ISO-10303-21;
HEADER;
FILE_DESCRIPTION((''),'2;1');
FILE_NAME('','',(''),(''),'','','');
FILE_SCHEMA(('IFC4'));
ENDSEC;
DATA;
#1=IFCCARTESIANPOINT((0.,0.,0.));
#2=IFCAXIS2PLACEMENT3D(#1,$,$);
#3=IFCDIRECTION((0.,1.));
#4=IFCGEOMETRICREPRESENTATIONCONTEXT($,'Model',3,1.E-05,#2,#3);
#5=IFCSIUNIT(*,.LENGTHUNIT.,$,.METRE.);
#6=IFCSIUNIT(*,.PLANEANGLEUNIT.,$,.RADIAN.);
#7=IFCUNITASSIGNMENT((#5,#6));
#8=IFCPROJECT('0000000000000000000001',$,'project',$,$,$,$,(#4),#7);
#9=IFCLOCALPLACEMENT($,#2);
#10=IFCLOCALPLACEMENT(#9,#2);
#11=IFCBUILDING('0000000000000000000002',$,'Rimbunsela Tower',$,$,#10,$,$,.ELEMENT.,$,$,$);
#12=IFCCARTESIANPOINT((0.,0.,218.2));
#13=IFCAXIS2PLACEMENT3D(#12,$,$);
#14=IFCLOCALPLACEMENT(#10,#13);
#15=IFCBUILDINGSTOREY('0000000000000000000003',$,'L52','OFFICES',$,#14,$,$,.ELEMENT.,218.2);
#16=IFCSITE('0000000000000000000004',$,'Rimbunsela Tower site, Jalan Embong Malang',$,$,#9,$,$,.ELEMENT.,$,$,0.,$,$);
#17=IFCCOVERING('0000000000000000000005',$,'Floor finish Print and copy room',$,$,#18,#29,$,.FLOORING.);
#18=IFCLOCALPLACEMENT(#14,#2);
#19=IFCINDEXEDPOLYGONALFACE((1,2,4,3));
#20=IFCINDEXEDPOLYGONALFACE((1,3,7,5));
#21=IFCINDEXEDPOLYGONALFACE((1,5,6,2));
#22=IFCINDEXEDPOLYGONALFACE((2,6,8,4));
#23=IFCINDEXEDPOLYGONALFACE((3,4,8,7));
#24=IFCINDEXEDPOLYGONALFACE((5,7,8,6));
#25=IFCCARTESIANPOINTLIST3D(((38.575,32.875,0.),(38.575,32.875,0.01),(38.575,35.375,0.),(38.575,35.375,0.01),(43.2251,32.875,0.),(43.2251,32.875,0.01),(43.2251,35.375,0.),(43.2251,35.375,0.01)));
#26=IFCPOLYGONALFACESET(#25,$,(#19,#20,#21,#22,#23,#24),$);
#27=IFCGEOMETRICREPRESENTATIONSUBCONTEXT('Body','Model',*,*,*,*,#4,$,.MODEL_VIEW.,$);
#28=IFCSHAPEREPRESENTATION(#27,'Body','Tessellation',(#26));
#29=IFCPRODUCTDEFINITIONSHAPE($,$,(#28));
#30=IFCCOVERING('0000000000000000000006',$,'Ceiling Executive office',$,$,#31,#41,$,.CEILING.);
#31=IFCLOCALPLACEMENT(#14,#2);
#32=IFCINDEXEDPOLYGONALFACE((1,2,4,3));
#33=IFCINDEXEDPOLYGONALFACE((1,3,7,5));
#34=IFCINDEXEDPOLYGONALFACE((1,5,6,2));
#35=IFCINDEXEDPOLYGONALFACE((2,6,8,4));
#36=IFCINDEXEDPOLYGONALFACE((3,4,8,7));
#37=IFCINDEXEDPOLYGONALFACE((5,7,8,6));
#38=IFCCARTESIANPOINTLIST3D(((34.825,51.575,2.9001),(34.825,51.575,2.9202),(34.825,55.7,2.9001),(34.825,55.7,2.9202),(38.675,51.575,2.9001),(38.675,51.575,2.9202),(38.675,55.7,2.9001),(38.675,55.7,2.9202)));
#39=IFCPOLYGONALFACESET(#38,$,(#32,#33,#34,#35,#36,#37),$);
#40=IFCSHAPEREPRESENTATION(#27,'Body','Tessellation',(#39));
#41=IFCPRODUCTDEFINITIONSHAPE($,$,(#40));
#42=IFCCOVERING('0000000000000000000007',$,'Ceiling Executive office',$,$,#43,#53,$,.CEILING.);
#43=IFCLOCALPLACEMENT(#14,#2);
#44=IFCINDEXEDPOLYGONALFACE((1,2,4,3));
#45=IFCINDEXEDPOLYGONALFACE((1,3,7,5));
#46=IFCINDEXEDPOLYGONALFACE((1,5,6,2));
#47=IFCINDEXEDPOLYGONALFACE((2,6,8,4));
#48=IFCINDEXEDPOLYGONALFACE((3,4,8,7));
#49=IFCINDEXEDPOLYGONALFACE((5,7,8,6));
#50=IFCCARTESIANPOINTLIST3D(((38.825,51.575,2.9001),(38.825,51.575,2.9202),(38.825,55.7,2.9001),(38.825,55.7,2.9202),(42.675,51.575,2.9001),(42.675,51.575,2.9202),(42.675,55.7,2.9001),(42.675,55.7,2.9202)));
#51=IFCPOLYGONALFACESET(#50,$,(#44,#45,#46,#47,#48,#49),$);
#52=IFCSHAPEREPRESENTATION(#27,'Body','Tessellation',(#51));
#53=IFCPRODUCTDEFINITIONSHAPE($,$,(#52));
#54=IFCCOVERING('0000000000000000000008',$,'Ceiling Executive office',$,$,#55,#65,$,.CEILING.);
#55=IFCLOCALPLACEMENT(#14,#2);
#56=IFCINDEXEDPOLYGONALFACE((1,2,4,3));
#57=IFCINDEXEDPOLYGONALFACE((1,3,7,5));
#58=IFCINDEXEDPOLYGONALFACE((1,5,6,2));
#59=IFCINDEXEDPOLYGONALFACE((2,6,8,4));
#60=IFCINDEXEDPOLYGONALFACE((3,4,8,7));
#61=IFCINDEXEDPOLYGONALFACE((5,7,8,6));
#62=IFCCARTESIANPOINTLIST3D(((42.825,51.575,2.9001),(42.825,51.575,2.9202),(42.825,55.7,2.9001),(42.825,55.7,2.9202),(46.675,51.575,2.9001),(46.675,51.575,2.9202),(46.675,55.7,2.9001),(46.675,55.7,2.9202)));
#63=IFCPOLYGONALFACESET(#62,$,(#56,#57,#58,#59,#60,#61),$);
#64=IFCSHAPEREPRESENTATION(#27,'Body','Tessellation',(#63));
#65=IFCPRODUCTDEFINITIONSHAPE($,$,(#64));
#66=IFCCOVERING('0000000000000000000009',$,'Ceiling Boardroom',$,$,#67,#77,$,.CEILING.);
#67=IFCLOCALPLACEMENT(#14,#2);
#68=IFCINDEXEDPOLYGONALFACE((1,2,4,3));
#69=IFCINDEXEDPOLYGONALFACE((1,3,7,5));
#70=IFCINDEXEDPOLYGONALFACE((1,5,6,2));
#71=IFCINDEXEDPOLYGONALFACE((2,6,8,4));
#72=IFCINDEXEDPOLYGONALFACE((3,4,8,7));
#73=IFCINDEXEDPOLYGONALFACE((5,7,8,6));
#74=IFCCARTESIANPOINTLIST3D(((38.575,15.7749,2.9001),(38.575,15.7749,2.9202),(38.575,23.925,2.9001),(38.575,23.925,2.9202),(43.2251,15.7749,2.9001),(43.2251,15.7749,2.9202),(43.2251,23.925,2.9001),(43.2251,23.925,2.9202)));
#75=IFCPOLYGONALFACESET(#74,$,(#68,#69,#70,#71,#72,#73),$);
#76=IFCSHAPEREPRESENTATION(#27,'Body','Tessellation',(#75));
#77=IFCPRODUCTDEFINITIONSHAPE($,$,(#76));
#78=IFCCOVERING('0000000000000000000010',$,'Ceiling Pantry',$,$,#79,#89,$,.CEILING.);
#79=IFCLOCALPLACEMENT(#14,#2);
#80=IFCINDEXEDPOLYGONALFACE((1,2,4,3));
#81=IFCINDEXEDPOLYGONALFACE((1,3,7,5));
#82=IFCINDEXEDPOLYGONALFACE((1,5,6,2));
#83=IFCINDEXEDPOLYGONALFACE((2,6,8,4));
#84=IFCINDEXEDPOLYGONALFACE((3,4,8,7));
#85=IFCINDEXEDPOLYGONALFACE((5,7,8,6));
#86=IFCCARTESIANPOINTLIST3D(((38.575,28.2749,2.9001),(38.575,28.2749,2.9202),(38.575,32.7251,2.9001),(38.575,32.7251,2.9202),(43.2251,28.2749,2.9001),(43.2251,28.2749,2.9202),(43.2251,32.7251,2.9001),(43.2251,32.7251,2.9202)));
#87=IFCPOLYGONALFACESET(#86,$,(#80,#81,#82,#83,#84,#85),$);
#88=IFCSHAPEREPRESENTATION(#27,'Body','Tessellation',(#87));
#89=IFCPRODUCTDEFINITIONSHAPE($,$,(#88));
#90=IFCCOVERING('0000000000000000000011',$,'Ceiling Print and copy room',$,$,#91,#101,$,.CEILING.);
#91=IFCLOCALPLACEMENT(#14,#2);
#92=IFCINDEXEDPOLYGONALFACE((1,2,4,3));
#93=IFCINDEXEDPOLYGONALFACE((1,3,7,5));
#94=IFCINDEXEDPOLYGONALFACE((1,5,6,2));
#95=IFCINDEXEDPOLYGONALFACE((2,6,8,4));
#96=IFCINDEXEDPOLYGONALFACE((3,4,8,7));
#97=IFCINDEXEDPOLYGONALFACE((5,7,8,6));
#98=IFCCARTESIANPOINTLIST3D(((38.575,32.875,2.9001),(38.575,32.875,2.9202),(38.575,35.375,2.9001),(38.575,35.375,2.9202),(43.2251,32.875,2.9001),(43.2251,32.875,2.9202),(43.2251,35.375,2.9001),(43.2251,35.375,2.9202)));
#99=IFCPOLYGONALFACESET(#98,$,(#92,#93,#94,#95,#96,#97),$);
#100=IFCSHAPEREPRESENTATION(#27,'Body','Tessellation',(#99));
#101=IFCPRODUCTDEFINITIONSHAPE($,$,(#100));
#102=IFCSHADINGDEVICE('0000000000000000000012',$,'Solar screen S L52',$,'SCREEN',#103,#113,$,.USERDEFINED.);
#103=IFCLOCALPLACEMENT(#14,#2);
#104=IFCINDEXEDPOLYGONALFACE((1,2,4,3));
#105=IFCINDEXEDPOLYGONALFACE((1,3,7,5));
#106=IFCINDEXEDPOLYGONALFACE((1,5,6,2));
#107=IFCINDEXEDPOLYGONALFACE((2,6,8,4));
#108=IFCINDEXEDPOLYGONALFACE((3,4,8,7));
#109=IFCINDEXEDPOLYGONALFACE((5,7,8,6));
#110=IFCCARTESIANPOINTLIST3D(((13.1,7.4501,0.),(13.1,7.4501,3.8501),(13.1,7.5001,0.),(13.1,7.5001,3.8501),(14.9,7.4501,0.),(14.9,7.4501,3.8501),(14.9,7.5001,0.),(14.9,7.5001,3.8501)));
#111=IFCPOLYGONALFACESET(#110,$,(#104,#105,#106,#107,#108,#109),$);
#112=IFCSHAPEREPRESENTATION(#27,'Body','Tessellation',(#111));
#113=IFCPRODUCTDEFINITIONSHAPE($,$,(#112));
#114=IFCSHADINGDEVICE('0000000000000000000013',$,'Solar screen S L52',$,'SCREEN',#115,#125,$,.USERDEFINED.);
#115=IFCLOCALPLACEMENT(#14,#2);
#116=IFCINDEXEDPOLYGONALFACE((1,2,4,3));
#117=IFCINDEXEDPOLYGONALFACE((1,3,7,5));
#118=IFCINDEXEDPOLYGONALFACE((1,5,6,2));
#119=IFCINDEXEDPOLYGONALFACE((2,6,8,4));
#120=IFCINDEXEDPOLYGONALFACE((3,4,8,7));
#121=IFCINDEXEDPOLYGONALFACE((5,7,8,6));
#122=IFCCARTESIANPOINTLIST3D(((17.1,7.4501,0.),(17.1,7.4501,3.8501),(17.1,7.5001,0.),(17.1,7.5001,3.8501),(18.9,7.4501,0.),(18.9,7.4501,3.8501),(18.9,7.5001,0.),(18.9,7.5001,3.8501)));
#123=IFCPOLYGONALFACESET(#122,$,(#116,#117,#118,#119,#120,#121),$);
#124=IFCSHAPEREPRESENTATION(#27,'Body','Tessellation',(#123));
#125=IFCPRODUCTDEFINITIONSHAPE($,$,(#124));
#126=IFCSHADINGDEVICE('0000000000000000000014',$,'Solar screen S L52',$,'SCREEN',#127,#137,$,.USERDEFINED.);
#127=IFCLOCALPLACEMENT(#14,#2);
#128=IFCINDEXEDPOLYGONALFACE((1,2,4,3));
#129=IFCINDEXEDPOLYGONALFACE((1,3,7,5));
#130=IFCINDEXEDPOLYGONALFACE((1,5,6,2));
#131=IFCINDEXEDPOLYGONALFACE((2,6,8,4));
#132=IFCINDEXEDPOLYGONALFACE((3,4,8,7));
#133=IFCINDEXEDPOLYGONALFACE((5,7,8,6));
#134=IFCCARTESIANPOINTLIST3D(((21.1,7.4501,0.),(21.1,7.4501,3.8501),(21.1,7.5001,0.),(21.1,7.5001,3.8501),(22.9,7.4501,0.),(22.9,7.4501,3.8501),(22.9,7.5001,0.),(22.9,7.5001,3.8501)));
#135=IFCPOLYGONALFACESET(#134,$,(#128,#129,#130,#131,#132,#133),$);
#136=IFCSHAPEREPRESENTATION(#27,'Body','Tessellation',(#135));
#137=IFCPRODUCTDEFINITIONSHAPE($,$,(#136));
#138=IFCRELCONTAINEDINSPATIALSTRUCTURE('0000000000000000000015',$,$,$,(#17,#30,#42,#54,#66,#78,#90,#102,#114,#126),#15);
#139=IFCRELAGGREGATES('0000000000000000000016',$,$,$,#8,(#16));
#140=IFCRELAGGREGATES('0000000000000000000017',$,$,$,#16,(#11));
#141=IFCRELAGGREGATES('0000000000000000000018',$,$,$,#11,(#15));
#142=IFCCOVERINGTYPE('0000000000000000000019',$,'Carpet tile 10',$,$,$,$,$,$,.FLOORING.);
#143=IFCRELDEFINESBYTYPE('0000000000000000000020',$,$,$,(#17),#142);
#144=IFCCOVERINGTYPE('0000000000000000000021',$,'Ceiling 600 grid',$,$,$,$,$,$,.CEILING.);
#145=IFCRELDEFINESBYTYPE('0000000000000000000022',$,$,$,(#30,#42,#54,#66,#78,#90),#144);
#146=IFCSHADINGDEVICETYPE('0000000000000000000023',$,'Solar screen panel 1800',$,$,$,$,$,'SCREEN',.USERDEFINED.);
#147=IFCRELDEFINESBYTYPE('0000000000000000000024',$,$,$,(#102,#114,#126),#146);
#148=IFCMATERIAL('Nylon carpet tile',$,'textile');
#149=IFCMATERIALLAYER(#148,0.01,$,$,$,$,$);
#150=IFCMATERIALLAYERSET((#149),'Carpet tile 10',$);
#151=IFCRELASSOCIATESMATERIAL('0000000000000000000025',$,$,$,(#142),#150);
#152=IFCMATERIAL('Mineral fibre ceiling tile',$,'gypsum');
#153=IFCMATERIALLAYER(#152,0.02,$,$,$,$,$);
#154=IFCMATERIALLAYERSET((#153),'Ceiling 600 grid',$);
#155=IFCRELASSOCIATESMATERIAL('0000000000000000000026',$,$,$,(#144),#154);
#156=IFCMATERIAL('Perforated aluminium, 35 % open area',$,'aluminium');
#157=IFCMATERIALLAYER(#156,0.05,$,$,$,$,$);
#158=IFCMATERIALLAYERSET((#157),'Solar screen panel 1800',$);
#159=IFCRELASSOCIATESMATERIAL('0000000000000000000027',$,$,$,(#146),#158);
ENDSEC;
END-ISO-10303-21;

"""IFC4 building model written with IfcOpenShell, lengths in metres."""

from ifc_helpers import new_model, si_unit, direction, frame, origin, origin_2d, place, context, subcontext, project, spatial, polyline, rectangle, outline, extrude, material, layer, layer_set, type_object, element, save


model = new_model("IFC4")

# Units and contexts
model_context = context("Model", 3, precision=1e-05, world=origin(), true_north=direction((0.0, 1.0)))
body_context = subcontext(model_context, "Body", "Model", "MODEL_VIEW")
ifc_project = project(units=[si_unit("LENGTHUNIT", "METRE"), si_unit("PLANEANGLEUNIT", "RADIAN")], contexts=[model_context])

# Site, building, storey
site_placement = place(None, origin())
site = spatial("IfcSite", under=ifc_project, at=site_placement, Name="Rimbunsela Tower site, Jalan Embong Malang", CompositionType="ELEMENT", RefElevation=0.0)
building_placement = place(site_placement, origin())
building = spatial("IfcBuilding", under=site, at=building_placement, Name="Rimbunsela Tower", CompositionType="ELEMENT")
storey_placement = place(building_placement, frame((0.0, 0.0, 218.2)))
storey = spatial("IfcBuildingStorey", under=building, at=storey_placement, Name="L52", Description="OFFICES", CompositionType="ELEMENT", Elevation=218.2)

# Coverings
ifc_material_1 = material(Name="Nylon carpet tile", Category="textile")
ifc_layer_1 = layer(ifc_material_1, 0.01)
ifc_layer_set_1 = layer_set([ifc_layer_1], Name="Carpet tile 10")
covering_type_1 = type_object("IfcCoveringType", Name="Carpet tile 10", PredefinedType="FLOORING", material=ifc_layer_set_1)
covering_1_placement = place(storey_placement, origin())
element("IfcCovering", 1, at=covering_1_placement, inside=storey, type_object=covering_type_1, Name="Floor finish Print and copy room", PredefinedType="FLOORING", context=body_context, shape_type="SweptSolid", body=[
    extrude(outline(polyline([(43.2251, 32.875), (43.2251, 35.375), (38.575, 35.375), (38.575, 32.875), (43.2251, 32.875)])), origin(), (0.0, 0.0, 1.0), 0.01),
])
ifc_material_2 = material(Name="Mineral fibre ceiling tile", Category="gypsum")
ifc_layer_2 = layer(ifc_material_2, 0.02)
ifc_layer_set_2 = layer_set([ifc_layer_2], Name="Ceiling 600 grid")
covering_type_2 = type_object("IfcCoveringType", Name="Ceiling 600 grid", PredefinedType="CEILING", material=ifc_layer_set_2)
covering_2_placement = place(storey_placement, frame((0.0, 0.0, 2.9001)))
element("IfcCovering", 2, at=covering_2_placement, inside=storey, type_object=covering_type_2, Name="Ceiling Executive office", PredefinedType="CEILING", context=body_context, shape_type="SweptSolid", body=[
    extrude(outline(polyline([(38.675, 51.575), (38.675, 55.7), (34.825, 55.7), (34.825, 51.575), (38.675, 51.575)])), origin(), (0.0, 0.0, 1.0), 0.02),
])
covering_3_placement = place(storey_placement, frame((0.0, 0.0, 2.9001)))
element("IfcCovering", 3, at=covering_3_placement, inside=storey, type_object=covering_type_2, Name="Ceiling Executive office", PredefinedType="CEILING", context=body_context, shape_type="SweptSolid", body=[
    extrude(outline(polyline([(42.675, 51.575), (42.675, 55.7), (38.825, 55.7), (38.825, 51.575), (42.675, 51.575)])), origin(), (0.0, 0.0, 1.0), 0.02),
])
covering_4_placement = place(storey_placement, frame((0.0, 0.0, 2.9001)))
element("IfcCovering", 4, at=covering_4_placement, inside=storey, type_object=covering_type_2, Name="Ceiling Executive office", PredefinedType="CEILING", context=body_context, shape_type="SweptSolid", body=[
    extrude(outline(polyline([(46.675, 51.575), (46.675, 55.7), (42.825, 55.7), (42.825, 51.575), (46.675, 51.575)])), origin(), (0.0, 0.0, 1.0), 0.02),
])
covering_5_placement = place(storey_placement, frame((0.0, 0.0, 2.9001)))
element("IfcCovering", 5, at=covering_5_placement, inside=storey, type_object=covering_type_2, Name="Ceiling Boardroom", PredefinedType="CEILING", context=body_context, shape_type="SweptSolid", body=[
    extrude(outline(polyline([(43.2251, 15.7749), (43.2251, 23.925), (38.575, 23.925), (38.575, 15.7749), (43.2251, 15.7749)])), origin(), (0.0, 0.0, 1.0), 0.02),
])
covering_6_placement = place(storey_placement, frame((0.0, 0.0, 2.9001)))
element("IfcCovering", 6, at=covering_6_placement, inside=storey, type_object=covering_type_2, Name="Ceiling Pantry", PredefinedType="CEILING", context=body_context, shape_type="SweptSolid", body=[
    extrude(outline(polyline([(43.2251, 28.2749), (43.2251, 32.7251), (38.575, 32.7251), (38.575, 28.2749), (43.2251, 28.2749)])), origin(), (0.0, 0.0, 1.0), 0.02),
])
covering_7_placement = place(storey_placement, frame((0.0, 0.0, 2.9001)))
element("IfcCovering", 7, at=covering_7_placement, inside=storey, type_object=covering_type_2, Name="Ceiling Print and copy room", PredefinedType="CEILING", context=body_context, shape_type="SweptSolid", body=[
    extrude(outline(polyline([(43.2251, 32.875), (43.2251, 35.375), (38.575, 35.375), (38.575, 32.875), (43.2251, 32.875)])), origin(), (0.0, 0.0, 1.0), 0.02),
])

# Shading devices
ifc_material_3 = material(Name="Perforated aluminium, 35 % open area", Category="aluminium")
ifc_layer_3 = layer(ifc_material_3, 0.05)
ifc_layer_set_3 = layer_set([ifc_layer_3], Name="Solar screen panel 1800")
shading_device_type = type_object("IfcShadingDeviceType", Name="Solar screen panel 1800", ElementType="SCREEN", PredefinedType="USERDEFINED", material=ifc_layer_set_3)
for number, where, z_axis, x_axis, name in (
    (8, (14.0, 7.4751, 0.0), (0.0, 0.0, 1.0), (1.0, 0.0, 0.0), "Solar screen S L52"),
    (9, (18.0, 7.4751, 0.0), (0.0, 0.0, 1.0), (1.0, 0.0, 0.0), "Solar screen S L52"),
    (10, (22.0, 7.4751, 0.0), (0.0, 0.0, 1.0), (1.0, 0.0, 0.0), "Solar screen S L52"),
):
    element("IfcShadingDevice", number, at=place(storey_placement, frame(where, z_axis=z_axis, x_axis=x_axis)), inside=storey, type_object=shading_device_type, Name=name, ObjectType="SCREEN", PredefinedType="USERDEFINED", context=body_context, shape_type="SweptSolid", body=[
        extrude(rectangle(XDim=1.8, YDim=0.05, at=origin_2d()), origin(), (0.0, 0.0, 1.0), 3.8501),
    ])

save(model, "model.ifc")
